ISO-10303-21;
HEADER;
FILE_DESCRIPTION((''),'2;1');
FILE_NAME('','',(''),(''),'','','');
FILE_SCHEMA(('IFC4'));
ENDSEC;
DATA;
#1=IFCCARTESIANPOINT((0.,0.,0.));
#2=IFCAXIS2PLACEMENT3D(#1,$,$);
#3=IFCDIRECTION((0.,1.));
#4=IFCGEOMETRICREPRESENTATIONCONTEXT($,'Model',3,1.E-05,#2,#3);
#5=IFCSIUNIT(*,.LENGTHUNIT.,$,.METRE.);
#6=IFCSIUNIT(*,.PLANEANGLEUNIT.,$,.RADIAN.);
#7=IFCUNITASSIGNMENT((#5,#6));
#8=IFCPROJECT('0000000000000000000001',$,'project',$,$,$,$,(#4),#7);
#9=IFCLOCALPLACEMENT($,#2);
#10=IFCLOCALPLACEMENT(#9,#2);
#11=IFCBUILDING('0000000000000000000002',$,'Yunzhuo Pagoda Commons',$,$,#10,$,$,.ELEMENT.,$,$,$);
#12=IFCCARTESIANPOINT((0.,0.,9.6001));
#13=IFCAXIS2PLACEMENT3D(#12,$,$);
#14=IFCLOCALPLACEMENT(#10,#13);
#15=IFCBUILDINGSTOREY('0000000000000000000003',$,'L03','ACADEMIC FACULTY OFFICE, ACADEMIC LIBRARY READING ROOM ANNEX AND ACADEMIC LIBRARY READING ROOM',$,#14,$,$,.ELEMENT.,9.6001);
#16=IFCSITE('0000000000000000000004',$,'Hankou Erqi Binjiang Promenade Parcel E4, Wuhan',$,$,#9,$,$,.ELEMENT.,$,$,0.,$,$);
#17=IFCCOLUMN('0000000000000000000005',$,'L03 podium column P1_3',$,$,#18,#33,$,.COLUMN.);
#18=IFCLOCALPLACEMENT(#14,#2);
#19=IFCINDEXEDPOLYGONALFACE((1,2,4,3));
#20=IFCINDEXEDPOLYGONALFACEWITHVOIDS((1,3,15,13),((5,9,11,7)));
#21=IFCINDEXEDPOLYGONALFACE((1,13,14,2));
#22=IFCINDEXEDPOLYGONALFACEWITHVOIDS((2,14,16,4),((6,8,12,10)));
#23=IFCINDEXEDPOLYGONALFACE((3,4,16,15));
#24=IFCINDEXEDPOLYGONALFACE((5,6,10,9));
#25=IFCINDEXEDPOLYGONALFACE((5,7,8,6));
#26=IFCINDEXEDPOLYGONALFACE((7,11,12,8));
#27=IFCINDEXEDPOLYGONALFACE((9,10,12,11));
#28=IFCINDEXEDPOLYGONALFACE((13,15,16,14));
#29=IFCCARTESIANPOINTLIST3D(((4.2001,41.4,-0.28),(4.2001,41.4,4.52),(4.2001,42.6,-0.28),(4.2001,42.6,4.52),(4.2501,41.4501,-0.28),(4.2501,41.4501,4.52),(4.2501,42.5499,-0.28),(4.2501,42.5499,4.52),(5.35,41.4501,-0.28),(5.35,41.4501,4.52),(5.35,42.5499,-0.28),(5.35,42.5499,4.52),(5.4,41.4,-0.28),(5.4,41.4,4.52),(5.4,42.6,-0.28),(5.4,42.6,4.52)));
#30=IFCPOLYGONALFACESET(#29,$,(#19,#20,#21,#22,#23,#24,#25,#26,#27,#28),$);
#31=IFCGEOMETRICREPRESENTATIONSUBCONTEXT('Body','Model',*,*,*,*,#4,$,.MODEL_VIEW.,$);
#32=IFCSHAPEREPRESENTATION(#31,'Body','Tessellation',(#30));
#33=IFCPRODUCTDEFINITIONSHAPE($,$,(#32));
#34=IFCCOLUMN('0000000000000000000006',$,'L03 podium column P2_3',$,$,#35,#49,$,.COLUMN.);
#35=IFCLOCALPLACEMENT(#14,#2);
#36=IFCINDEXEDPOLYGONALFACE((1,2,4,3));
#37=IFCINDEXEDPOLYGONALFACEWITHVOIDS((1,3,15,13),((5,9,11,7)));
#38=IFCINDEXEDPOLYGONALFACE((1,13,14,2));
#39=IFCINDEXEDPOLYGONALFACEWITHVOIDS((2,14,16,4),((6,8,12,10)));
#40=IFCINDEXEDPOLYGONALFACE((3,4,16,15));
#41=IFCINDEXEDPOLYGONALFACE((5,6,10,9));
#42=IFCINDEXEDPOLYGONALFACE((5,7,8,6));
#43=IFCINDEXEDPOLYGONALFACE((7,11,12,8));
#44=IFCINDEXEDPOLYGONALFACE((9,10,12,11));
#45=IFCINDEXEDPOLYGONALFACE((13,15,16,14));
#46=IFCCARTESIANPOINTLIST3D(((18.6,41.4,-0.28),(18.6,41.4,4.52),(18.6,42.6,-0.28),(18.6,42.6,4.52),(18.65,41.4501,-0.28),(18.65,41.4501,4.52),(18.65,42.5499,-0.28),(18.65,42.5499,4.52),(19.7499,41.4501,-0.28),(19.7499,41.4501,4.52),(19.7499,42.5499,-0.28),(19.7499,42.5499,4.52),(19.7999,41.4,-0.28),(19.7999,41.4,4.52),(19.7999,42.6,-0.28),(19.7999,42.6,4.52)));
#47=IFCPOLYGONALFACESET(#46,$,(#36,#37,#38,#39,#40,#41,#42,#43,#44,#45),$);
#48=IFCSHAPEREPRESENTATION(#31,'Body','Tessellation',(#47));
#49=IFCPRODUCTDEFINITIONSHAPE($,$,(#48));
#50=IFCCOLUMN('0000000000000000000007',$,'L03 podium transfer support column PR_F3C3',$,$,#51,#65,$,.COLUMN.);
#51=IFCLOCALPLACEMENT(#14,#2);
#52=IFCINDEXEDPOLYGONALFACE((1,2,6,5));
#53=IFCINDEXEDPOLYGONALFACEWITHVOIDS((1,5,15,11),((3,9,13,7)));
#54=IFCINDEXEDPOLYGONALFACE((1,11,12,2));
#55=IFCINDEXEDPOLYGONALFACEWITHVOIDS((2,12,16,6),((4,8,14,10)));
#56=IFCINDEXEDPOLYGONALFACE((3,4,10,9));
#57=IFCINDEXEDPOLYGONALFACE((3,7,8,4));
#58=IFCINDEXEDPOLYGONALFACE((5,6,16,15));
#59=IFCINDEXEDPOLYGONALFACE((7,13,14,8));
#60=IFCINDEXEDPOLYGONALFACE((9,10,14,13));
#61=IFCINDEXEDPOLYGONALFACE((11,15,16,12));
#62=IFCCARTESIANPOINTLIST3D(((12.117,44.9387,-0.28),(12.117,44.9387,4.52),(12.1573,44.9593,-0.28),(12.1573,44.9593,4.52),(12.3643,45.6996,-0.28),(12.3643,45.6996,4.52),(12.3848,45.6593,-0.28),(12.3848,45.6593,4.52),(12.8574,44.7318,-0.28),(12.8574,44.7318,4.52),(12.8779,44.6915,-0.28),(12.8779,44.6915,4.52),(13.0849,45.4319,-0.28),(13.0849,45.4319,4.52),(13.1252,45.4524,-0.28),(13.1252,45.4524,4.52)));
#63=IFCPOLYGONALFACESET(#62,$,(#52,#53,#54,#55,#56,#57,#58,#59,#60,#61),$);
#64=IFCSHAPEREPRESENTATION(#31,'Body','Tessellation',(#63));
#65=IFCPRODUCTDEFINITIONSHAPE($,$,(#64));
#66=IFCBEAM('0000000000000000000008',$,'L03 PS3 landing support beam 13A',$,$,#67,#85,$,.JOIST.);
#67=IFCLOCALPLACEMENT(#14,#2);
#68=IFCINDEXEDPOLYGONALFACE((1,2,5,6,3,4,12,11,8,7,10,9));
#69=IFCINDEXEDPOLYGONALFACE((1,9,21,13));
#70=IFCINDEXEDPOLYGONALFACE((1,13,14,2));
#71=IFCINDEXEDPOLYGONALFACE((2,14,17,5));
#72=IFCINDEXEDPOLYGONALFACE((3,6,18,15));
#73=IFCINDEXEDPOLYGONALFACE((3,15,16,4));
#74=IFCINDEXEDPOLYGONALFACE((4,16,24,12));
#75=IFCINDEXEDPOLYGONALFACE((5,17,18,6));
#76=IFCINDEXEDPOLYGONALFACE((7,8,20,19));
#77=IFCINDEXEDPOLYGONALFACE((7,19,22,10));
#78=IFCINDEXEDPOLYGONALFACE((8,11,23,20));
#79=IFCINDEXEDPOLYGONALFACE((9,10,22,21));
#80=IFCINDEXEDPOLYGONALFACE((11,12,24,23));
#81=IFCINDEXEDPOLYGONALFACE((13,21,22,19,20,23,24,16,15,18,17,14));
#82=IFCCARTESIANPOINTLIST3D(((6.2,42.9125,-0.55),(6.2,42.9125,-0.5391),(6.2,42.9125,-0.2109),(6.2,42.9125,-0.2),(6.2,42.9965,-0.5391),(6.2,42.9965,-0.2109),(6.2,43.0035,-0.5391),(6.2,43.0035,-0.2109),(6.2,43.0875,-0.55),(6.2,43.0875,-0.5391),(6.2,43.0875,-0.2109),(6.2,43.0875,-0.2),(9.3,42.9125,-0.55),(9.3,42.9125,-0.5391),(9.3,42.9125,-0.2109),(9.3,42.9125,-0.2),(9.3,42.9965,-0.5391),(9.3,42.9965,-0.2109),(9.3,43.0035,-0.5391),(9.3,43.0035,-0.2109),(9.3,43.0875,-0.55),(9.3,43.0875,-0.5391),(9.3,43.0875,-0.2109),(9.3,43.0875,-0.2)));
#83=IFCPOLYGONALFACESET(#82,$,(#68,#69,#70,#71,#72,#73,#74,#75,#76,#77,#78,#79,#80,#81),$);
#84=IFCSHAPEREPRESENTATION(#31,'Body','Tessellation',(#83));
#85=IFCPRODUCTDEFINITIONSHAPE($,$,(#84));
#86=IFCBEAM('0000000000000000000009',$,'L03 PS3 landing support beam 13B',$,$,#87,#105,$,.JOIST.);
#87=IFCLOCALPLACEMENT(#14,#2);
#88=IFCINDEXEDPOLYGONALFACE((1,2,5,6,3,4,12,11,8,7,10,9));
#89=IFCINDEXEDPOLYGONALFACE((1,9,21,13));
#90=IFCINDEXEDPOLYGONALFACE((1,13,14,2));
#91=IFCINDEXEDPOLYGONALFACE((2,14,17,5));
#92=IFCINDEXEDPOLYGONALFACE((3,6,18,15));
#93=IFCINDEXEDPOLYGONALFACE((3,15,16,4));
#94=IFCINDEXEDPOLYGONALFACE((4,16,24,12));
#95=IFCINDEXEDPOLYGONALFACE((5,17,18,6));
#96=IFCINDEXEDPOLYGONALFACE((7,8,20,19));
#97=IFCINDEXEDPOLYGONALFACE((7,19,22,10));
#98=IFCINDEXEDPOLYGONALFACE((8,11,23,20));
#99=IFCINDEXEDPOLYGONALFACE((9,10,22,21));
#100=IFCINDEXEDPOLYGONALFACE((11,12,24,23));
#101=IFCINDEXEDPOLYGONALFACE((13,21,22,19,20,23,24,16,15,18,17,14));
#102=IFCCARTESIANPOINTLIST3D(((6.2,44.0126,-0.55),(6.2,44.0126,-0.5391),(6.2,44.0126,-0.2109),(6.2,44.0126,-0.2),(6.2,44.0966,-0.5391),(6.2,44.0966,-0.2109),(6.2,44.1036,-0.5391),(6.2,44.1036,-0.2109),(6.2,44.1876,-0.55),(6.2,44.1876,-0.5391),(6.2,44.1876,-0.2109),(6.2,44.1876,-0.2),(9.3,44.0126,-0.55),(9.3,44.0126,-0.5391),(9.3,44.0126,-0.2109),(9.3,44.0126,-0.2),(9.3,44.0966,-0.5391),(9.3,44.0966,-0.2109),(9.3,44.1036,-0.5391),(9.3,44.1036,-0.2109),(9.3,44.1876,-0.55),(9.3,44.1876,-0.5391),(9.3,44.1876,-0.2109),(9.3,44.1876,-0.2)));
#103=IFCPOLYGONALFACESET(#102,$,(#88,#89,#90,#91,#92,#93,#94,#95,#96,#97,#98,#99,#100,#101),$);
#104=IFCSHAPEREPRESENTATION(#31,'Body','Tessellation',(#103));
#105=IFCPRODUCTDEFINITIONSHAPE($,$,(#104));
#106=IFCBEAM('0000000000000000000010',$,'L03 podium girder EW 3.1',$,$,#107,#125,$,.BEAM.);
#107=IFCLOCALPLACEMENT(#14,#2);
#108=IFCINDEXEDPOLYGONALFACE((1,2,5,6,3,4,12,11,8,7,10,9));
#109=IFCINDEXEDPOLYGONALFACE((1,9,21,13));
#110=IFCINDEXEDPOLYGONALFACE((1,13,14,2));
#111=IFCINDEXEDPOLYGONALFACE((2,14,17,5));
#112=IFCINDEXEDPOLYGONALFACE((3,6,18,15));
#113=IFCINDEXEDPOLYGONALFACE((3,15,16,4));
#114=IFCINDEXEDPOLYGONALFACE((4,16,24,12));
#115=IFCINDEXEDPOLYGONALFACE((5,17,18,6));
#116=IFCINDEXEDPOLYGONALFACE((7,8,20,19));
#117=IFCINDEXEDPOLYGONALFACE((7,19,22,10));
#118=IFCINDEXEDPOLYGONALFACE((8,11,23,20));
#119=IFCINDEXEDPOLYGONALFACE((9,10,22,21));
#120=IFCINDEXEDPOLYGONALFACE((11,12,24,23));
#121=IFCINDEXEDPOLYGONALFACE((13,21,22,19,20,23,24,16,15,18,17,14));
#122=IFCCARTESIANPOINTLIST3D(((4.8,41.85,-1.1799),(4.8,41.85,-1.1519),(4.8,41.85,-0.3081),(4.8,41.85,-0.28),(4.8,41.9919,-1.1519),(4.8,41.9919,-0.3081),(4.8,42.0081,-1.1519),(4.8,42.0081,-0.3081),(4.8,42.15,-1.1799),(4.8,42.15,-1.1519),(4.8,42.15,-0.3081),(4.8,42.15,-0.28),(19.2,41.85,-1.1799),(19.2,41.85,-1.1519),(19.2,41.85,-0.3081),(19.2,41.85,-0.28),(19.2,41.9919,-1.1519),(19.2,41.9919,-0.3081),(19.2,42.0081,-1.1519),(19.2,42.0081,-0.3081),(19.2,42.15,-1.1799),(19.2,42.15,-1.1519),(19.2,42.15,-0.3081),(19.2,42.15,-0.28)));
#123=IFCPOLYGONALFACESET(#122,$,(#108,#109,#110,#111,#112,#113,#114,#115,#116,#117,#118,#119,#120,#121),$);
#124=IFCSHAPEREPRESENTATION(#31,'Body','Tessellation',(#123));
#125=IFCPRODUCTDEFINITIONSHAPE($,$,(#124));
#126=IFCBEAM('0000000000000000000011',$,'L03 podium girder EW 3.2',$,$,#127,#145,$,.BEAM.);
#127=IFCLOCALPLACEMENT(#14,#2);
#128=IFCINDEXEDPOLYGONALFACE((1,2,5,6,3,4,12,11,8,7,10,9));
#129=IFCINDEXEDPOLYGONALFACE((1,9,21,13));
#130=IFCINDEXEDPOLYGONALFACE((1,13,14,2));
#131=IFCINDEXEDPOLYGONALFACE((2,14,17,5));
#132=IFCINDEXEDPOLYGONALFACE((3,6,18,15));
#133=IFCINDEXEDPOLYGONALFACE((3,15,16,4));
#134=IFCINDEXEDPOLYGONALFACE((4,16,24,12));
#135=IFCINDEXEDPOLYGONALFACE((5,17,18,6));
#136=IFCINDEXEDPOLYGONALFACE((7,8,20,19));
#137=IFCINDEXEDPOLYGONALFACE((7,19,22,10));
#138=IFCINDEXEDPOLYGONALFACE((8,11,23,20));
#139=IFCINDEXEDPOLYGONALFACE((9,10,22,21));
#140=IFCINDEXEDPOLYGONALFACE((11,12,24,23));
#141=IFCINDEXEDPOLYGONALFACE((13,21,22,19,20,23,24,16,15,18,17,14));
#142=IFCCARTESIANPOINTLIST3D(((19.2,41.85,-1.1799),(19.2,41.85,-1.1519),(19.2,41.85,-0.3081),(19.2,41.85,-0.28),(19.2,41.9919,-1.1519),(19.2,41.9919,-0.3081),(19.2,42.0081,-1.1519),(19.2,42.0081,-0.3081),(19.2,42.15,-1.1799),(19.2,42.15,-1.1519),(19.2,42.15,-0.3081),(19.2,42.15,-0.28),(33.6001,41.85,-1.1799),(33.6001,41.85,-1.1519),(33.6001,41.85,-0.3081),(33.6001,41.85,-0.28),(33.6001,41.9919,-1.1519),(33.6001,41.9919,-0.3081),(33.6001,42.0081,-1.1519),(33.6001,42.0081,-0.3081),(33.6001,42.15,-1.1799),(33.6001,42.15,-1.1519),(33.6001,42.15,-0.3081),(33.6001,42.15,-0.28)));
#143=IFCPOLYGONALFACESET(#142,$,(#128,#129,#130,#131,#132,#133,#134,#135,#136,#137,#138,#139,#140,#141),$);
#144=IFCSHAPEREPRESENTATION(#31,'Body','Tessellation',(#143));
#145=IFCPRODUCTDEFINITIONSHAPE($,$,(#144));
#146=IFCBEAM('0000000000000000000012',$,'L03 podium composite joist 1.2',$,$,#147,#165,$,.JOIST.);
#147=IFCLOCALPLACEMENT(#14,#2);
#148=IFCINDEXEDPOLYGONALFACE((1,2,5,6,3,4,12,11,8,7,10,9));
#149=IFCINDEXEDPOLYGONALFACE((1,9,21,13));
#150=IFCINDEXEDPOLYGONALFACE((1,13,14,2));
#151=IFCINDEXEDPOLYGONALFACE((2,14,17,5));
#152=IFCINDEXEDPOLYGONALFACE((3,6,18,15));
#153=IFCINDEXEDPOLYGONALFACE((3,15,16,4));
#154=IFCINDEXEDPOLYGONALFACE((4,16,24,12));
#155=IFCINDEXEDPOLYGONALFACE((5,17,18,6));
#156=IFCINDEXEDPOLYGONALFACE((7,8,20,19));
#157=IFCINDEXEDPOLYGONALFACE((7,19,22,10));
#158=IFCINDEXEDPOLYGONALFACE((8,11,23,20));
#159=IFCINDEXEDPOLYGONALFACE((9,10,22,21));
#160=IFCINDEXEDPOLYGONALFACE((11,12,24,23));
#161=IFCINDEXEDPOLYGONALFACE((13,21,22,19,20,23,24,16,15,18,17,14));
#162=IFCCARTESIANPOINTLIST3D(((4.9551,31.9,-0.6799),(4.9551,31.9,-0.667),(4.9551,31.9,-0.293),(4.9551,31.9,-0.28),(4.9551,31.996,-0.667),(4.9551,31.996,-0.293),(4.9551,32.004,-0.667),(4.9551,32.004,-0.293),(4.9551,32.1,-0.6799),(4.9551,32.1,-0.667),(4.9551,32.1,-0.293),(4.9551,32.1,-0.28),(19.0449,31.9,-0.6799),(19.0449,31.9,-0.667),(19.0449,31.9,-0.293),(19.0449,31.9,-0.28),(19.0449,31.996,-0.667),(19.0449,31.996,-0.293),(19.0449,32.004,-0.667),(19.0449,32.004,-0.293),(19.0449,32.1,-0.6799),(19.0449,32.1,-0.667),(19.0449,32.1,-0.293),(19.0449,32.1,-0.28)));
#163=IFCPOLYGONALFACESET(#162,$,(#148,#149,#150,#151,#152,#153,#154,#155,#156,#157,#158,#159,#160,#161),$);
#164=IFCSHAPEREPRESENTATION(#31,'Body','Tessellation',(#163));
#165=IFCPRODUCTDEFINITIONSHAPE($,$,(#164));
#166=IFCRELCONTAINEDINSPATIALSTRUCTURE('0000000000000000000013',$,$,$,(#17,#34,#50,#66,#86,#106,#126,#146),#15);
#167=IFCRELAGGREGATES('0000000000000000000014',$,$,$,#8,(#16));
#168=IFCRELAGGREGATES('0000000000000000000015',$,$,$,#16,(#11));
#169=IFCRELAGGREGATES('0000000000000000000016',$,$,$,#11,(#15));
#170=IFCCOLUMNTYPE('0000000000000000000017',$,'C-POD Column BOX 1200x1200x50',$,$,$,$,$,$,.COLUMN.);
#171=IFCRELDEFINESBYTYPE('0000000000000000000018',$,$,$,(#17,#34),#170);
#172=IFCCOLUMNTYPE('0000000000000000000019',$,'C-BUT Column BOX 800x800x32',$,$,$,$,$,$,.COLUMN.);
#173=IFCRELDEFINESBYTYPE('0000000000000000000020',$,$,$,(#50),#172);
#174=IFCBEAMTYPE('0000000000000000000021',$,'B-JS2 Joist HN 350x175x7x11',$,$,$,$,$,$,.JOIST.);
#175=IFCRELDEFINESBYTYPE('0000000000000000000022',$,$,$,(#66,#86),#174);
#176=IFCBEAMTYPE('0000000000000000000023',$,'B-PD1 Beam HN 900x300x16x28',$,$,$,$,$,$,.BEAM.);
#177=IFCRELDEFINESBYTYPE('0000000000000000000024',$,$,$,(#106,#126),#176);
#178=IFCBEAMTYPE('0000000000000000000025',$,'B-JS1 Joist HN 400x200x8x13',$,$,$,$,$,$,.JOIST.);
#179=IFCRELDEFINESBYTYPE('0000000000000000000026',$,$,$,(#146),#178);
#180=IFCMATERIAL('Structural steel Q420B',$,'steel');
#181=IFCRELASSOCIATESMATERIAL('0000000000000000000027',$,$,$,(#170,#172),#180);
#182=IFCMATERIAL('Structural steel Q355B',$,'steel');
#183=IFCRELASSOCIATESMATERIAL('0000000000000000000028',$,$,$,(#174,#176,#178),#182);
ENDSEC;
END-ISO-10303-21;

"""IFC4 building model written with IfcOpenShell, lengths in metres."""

from ifc_helpers import new_model, si_unit, direction, frame, origin, origin_2d, place, context, subcontext, project, spatial, hollow_rectangle, i_section, extrude, source, transform, mapped, material, material_profile, profile_set, type_object, element, save


model = new_model("IFC4")

# Units and contexts
model_context = context("Model", 3, precision=1e-05, world=origin(), true_north=direction((0.0, 1.0)))
body_context = subcontext(model_context, "Body", "Model", "MODEL_VIEW")
ifc_project = project(units=[si_unit("LENGTHUNIT", "METRE"), si_unit("PLANEANGLEUNIT", "RADIAN")], contexts=[model_context])

# Site, building, storey
site_placement = place(None, origin())
site = spatial("IfcSite", under=ifc_project, at=site_placement, Name="Hankou Erqi Binjiang Promenade Parcel E4, Wuhan", CompositionType="ELEMENT", RefElevation=0.0)
building_placement = place(site_placement, origin())
building = spatial("IfcBuilding", under=site, at=building_placement, Name="Yunzhuo Pagoda Commons", CompositionType="ELEMENT")
storey_placement = place(building_placement, frame((0.0, 0.0, 9.6001)))
storey = spatial("IfcBuildingStorey", under=building, at=storey_placement, Name="L03", Description="ACADEMIC FACULTY OFFICE, ACADEMIC LIBRARY READING ROOM ANNEX AND ACADEMIC LIBRARY READING ROOM", CompositionType="ELEMENT", Elevation=9.6001)

# Columns
ifc_material_1 = material(Name="Structural steel Q420B", Category="steel")
ifc_material_profile_1 = material_profile(ifc_material_1, hollow_rectangle(XDim=1.2, YDim=1.2, WallThickness=0.05, at=origin_2d()), Name="Structural steel Q420B")
ifc_profile_set_1 = profile_set([ifc_material_profile_1], Name="Structural steel Q420B")
column_type_1 = type_object("IfcColumnType", Name="C-POD Column BOX 1200x1200x50", PredefinedType="COLUMN", material=ifc_profile_set_1)
shared_shape_1 = source(origin(), body_context, "Body", "SweptSolid", [
    extrude(hollow_rectangle(XDim=1.2, YDim=1.2, WallThickness=0.05, at=origin_2d()), origin(), (0.0, 0.0, 1.0), 4.8),
])
for number, where, z_axis, x_axis, name in (
    (1, (4.8, 42.0, -0.28), (0.0, 0.0, 1.0), (1.0, 0.0, 0.0), "L03 podium column P1_3"),
    (2, (19.2, 42.0, -0.28), (0.0, 0.0, 1.0), (1.0, 0.0, 0.0), "L03 podium column P2_3"),
):
    element("IfcColumn", number, at=place(storey_placement, frame(where, z_axis=z_axis, x_axis=x_axis)), inside=storey, type_object=column_type_1, Name=name, PredefinedType="COLUMN", context=body_context, shape_type="MappedRepresentation", body=[
        mapped(shared_shape_1, transform((0.0, 0.0, 0.0), scale=1.0)),
    ])
ifc_material_profile_2 = material_profile(ifc_material_1, hollow_rectangle(XDim=0.8, YDim=0.8, WallThickness=0.032, at=origin_2d()), Name="Structural steel Q420B")
ifc_profile_set_2 = profile_set([ifc_material_profile_2], Name="Structural steel Q420B")
column_type_2 = type_object("IfcColumnType", Name="C-BUT Column BOX 800x800x32", PredefinedType="COLUMN", material=ifc_profile_set_2)
shared_shape_2 = source(origin(), body_context, "Body", "SweptSolid", [
    extrude(hollow_rectangle(XDim=0.8, YDim=0.8, WallThickness=0.032, at=origin_2d()), origin(), (0.0, 0.0, 1.0), 4.8),
])
column_placement = place(storey_placement, frame((12.6211, 45.1956, -0.28), z_axis=(0.0, 0.0, 1.0), x_axis=(-0.309017, -0.951057, 0.0)))
element("IfcColumn", 3, at=column_placement, inside=storey, type_object=column_type_2, Name="L03 podium transfer support column PR_F3C3", PredefinedType="COLUMN", context=body_context, shape_type="MappedRepresentation", body=[
    mapped(shared_shape_2, transform((0.0, 0.0, 0.0), scale=1.0)),
])

# Beams
ifc_material_2 = material(Name="Structural steel Q355B", Category="steel")
ifc_material_profile_3 = material_profile(ifc_material_2, i_section(OverallWidth=0.175, OverallDepth=0.3501, WebThickness=0.0071, FlangeThickness=0.011, at=origin_2d()), Name="Structural steel Q355B")
ifc_profile_set_3 = profile_set([ifc_material_profile_3], Name="Structural steel Q355B")
beam_type_1 = type_object("IfcBeamType", Name="B-JS2 Joist HN 350x175x7x11", PredefinedType="JOIST", material=ifc_profile_set_3)
shared_shape_3 = source(origin(), body_context, "Body", "SweptSolid", [
    extrude(i_section(OverallWidth=0.175, OverallDepth=0.3501, WebThickness=0.0071, FlangeThickness=0.011, at=origin_2d()), origin(), (0.0, 0.0, 1.0), 3.1001),
])
for number, where, z_axis, x_axis, name in (
    (4, (6.2, 43.0, -0.375), (1.0, 0.0, 0.0), (0.0, 1.0, 0.0), "L03 PS3 landing support beam 13A"),
    (5, (6.2, 44.1001, -0.375), (1.0, 0.0, 0.0), (0.0, 1.0, 0.0), "L03 PS3 landing support beam 13B"),
):
    element("IfcBeam", number, at=place(storey_placement, frame(where, z_axis=z_axis, x_axis=x_axis)), inside=storey, type_object=beam_type_1, Name=name, PredefinedType="JOIST", context=body_context, shape_type="MappedRepresentation", body=[
        mapped(shared_shape_3, transform((0.0, 0.0, 0.0), scale=1.0)),
    ])
ifc_material_profile_4 = material_profile(ifc_material_2, i_section(OverallWidth=0.3, OverallDepth=0.8999, WebThickness=0.0161, FlangeThickness=0.0281, at=origin_2d()), Name="Structural steel Q355B")
ifc_profile_set_4 = profile_set([ifc_material_profile_4], Name="Structural steel Q355B")
beam_type_2 = type_object("IfcBeamType", Name="B-PD1 Beam HN 900x300x16x28", PredefinedType="BEAM", material=ifc_profile_set_4)
shared_shape_4 = source(origin(), body_context, "Body", "SweptSolid", [
    extrude(i_section(OverallWidth=0.3, OverallDepth=0.8999, WebThickness=0.0161, FlangeThickness=0.0281, at=origin_2d()), origin(), (0.0, 0.0, 1.0), 14.3999),
])
beam_1_placement = place(storey_placement, frame((4.8, 42.0, -0.73), z_axis=(1.0, 0.0, 0.0), x_axis=(0.0, 1.0, 0.0)))
element("IfcBeam", 6, at=beam_1_placement, inside=storey, type_object=beam_type_2, Name="L03 podium girder EW 3.1", PredefinedType="BEAM", context=body_context, shape_type="MappedRepresentation", body=[
    mapped(shared_shape_4, transform((0.0, 0.0, 0.0), scale=1.0)),
])
shared_shape_5 = source(origin(), body_context, "Body", "SweptSolid", [
    extrude(i_section(OverallWidth=0.3, OverallDepth=0.8999, WebThickness=0.0161, FlangeThickness=0.0281, at=origin_2d()), origin(), (0.0, 0.0, 1.0), 14.4001),
])
beam_2_placement = place(storey_placement, frame((19.2, 42.0, -0.73), z_axis=(1.0, 0.0, 0.0), x_axis=(0.0, 1.0, 0.0)))
element("IfcBeam", 7, at=beam_2_placement, inside=storey, type_object=beam_type_2, Name="L03 podium girder EW 3.2", PredefinedType="BEAM", context=body_context, shape_type="MappedRepresentation", body=[
    mapped(shared_shape_5, transform((0.0, 0.0, 0.0), scale=1.0)),
])
ifc_material_profile_5 = material_profile(ifc_material_2, i_section(OverallWidth=0.2, OverallDepth=0.3999, WebThickness=0.0081, FlangeThickness=0.0129, at=origin_2d()), Name="Structural steel Q355B")
ifc_profile_set_5 = profile_set([ifc_material_profile_5], Name="Structural steel Q355B")
beam_type_3 = type_object("IfcBeamType", Name="B-JS1 Joist HN 400x200x8x13", PredefinedType="JOIST", material=ifc_profile_set_5)
shared_shape_6 = source(origin(), body_context, "Body", "SweptSolid", [
    extrude(i_section(OverallWidth=0.2, OverallDepth=0.3999, WebThickness=0.0081, FlangeThickness=0.0129, at=origin_2d()), origin(), (0.0, 0.0, 1.0), 14.0898),
])
beam_3_placement = place(storey_placement, frame((4.9551, 32.0, -0.48), z_axis=(1.0, 0.0, 0.0), x_axis=(0.0, 1.0, 0.0)))
element("IfcBeam", 8, at=beam_3_placement, inside=storey, type_object=beam_type_3, Name="L03 podium composite joist 1.2", PredefinedType="JOIST", context=body_context, shape_type="MappedRepresentation", body=[
    mapped(shared_shape_6, transform((0.0, 0.0, 0.0), scale=1.0)),
])

save(model, "model.ifc")
